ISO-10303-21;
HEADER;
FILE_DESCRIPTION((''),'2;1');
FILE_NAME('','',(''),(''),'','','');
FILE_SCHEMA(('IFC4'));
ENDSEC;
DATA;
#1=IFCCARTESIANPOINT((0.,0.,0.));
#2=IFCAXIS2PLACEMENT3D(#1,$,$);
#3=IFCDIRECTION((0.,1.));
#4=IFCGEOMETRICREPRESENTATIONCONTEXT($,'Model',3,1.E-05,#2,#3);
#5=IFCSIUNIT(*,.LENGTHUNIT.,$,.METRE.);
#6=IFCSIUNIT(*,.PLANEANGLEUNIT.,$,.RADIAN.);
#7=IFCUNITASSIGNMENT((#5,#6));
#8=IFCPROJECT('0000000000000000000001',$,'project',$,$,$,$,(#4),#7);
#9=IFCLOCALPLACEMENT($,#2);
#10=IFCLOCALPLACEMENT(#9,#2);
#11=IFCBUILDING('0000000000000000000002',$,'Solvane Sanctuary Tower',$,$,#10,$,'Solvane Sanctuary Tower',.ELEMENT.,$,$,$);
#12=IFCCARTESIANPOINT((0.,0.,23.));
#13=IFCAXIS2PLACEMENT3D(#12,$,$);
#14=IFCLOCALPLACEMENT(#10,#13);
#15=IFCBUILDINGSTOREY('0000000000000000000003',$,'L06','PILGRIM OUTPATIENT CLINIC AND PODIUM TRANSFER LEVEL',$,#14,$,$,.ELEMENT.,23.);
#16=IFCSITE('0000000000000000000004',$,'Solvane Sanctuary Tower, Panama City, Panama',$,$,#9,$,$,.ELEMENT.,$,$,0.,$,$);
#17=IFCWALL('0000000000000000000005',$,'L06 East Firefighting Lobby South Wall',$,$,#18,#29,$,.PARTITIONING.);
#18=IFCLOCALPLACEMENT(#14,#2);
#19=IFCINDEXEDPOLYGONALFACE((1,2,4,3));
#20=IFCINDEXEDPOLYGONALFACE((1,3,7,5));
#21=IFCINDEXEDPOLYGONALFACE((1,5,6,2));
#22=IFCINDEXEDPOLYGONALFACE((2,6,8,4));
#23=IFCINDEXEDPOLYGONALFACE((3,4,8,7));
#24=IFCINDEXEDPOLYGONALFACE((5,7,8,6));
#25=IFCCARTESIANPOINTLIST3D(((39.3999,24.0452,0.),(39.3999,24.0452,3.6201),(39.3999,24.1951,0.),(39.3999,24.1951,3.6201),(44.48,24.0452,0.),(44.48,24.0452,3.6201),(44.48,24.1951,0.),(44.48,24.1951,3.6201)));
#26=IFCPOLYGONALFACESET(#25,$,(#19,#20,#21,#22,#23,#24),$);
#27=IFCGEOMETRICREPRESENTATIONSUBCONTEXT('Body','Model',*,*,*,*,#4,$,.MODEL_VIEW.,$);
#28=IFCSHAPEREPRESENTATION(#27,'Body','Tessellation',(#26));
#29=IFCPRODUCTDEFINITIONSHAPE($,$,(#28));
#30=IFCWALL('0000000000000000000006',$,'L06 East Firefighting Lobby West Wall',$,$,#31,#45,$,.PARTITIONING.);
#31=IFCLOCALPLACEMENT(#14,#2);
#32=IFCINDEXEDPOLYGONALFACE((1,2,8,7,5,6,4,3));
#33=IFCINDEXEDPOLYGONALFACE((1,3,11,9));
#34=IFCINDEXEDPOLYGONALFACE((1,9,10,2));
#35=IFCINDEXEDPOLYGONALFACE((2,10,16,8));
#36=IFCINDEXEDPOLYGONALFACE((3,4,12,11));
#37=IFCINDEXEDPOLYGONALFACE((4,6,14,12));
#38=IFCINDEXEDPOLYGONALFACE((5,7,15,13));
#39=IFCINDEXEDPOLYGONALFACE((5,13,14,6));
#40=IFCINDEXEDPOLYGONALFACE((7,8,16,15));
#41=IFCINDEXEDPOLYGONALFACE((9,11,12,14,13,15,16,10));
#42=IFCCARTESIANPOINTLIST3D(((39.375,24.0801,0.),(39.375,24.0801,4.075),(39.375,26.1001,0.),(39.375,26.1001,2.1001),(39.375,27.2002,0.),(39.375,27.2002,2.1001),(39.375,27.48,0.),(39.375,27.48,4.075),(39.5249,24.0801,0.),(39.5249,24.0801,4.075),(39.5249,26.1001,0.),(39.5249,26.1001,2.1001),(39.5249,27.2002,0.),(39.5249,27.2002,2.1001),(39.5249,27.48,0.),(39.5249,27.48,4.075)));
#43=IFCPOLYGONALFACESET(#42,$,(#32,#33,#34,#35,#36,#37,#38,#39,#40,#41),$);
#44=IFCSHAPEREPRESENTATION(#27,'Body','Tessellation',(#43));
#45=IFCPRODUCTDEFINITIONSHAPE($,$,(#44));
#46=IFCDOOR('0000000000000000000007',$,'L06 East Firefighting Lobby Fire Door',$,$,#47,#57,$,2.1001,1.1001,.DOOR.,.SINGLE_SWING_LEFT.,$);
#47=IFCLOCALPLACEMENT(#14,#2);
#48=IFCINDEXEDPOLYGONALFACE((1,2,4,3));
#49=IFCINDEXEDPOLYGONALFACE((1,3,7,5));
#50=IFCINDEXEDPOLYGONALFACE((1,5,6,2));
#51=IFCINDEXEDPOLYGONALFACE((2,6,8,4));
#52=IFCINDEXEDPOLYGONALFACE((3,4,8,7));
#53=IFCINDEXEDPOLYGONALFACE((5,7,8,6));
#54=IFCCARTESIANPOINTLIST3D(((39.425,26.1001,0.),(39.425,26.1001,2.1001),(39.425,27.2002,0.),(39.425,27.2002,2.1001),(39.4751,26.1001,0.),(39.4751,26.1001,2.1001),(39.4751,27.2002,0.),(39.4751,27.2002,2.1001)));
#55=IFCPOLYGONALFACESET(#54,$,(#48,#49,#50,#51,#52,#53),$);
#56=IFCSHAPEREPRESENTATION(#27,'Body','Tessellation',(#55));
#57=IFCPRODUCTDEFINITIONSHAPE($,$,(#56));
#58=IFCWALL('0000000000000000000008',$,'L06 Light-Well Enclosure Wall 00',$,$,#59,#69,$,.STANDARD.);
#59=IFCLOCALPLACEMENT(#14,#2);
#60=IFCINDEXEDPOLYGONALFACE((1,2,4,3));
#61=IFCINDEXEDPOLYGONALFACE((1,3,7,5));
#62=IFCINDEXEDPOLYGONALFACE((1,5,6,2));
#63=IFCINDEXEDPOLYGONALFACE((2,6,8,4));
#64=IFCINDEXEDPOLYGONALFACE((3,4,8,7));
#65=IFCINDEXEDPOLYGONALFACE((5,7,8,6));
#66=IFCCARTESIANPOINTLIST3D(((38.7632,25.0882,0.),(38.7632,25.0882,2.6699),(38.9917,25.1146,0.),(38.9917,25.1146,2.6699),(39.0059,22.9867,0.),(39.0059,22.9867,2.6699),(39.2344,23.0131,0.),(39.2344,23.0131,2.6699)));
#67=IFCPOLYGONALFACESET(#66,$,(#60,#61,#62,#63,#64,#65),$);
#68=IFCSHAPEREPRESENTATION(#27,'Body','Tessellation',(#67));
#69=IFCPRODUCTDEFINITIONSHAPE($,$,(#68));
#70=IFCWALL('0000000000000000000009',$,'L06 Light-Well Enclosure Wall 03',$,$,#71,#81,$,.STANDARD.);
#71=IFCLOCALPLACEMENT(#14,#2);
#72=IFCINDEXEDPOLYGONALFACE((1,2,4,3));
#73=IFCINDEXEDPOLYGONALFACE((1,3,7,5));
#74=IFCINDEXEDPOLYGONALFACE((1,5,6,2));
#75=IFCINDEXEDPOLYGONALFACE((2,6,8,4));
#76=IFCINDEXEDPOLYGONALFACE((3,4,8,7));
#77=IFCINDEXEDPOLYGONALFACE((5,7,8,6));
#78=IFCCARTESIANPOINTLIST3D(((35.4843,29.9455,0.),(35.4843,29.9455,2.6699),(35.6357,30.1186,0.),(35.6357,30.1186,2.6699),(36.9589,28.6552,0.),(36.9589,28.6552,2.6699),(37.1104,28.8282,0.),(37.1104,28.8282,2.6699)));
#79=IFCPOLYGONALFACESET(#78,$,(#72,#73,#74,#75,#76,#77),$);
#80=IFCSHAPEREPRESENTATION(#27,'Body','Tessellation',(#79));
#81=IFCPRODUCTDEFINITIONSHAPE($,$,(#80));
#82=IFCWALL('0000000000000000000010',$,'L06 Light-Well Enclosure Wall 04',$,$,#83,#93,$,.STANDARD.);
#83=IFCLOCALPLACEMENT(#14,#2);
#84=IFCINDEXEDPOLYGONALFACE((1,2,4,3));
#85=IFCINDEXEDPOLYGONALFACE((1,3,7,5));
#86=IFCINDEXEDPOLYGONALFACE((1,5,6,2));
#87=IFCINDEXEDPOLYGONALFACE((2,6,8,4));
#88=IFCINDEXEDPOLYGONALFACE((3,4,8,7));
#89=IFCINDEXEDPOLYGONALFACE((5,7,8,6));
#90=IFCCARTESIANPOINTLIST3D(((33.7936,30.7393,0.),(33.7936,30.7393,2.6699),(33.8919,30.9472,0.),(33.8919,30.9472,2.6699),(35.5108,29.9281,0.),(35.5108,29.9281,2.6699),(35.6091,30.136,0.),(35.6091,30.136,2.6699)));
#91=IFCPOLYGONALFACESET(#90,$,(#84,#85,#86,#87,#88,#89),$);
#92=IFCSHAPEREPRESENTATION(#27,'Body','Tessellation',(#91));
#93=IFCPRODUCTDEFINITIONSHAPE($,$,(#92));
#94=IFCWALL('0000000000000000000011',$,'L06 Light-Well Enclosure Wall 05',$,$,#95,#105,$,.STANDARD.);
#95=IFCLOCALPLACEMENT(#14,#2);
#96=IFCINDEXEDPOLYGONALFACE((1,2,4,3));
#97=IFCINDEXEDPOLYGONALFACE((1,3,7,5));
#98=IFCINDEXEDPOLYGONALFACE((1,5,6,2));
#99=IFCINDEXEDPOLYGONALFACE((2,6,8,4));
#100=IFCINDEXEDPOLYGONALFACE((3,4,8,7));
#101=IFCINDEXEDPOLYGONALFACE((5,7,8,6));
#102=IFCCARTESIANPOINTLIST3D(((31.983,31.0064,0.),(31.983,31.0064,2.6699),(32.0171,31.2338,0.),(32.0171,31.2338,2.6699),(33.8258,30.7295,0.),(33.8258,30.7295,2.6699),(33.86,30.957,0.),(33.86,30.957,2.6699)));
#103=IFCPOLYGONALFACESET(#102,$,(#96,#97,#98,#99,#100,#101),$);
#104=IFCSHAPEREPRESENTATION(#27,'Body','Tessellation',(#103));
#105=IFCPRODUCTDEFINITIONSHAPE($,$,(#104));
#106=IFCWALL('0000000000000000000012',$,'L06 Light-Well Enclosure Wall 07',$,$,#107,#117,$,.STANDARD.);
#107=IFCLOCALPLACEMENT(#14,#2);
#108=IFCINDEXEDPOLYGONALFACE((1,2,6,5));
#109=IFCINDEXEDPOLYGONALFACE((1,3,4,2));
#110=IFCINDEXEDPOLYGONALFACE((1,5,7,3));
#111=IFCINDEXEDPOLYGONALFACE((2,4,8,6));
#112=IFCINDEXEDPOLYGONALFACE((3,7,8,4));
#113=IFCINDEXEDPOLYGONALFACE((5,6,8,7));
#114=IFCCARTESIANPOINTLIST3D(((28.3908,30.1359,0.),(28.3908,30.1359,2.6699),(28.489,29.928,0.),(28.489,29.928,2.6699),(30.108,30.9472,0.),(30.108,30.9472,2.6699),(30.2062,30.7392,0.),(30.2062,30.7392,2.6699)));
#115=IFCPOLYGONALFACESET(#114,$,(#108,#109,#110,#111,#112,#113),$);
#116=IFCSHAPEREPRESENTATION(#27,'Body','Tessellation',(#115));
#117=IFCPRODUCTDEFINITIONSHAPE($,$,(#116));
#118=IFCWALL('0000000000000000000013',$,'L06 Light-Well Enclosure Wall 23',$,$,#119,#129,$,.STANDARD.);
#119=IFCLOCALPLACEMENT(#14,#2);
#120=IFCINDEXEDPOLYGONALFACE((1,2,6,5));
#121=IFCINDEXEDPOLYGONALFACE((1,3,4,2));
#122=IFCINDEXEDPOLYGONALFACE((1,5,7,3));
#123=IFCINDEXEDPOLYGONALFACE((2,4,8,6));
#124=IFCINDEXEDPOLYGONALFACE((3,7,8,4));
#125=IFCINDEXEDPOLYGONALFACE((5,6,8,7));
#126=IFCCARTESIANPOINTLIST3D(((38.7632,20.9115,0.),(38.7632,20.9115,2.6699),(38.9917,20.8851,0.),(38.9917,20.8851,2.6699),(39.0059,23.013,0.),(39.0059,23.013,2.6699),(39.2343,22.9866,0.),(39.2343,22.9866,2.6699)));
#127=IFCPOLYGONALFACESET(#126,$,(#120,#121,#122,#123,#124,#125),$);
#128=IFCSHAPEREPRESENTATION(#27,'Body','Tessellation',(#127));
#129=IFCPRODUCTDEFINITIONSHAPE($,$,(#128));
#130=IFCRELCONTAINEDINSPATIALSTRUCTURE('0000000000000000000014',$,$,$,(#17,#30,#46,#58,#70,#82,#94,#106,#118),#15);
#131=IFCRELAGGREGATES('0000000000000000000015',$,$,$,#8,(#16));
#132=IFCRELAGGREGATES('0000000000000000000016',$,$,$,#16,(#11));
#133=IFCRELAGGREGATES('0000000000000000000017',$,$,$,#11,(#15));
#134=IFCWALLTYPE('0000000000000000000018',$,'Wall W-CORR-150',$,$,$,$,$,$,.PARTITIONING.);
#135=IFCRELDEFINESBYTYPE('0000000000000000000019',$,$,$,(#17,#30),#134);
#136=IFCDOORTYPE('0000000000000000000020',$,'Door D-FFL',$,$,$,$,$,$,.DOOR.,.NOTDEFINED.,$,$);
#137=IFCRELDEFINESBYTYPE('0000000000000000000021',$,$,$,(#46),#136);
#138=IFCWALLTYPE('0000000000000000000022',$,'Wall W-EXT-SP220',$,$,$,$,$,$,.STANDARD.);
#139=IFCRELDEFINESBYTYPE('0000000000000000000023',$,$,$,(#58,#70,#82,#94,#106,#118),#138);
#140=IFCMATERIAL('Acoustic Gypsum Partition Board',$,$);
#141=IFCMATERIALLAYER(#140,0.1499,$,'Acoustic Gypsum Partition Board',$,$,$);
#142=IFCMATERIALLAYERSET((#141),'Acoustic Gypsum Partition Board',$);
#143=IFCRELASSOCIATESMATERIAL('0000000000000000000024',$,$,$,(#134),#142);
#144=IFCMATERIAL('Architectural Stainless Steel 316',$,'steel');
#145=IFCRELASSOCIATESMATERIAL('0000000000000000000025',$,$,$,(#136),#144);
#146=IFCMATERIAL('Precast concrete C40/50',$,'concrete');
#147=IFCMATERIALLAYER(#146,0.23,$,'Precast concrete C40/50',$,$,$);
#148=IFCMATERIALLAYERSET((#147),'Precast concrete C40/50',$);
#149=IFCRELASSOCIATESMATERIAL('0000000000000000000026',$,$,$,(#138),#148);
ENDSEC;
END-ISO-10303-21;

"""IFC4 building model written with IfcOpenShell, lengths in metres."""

from ifc_helpers import new_model, si_unit, direction, frame, frame_2d, origin, place, context, subcontext, project, spatial, rectangle, extrude, material, layer, layer_set, type_object, element, fill, save


model = new_model("IFC4")

# Units and contexts
model_context = context("Model", 3, precision=1e-05, world=origin(), true_north=direction((0.0, 1.0)))
body_context = subcontext(model_context, "Body", "Model", "MODEL_VIEW")
ifc_project = project(units=[si_unit("LENGTHUNIT", "METRE"), si_unit("PLANEANGLEUNIT", "RADIAN")], contexts=[model_context])

# Site, building, storey
site_placement = place(None, origin())
site = spatial("IfcSite", under=ifc_project, at=site_placement, Name="Solvane Sanctuary Tower, Panama City, Panama", CompositionType="ELEMENT", RefElevation=0.0)
building_placement = place(site_placement, origin())
building = spatial("IfcBuilding", under=site, at=building_placement, Name="Solvane Sanctuary Tower", LongName="Solvane Sanctuary Tower", CompositionType="ELEMENT")
storey_placement = place(building_placement, frame((0.0, 0.0, 23.0)))
storey = spatial("IfcBuildingStorey", under=building, at=storey_placement, Name="L06", Description="PILGRIM OUTPATIENT CLINIC AND PODIUM TRANSFER LEVEL", CompositionType="ELEMENT", Elevation=23.0)

# Wall
ifc_material_1 = material(Name="Acoustic Gypsum Partition Board")
ifc_layer_1 = layer(ifc_material_1, 0.1499, Name="Acoustic Gypsum Partition Board")
ifc_layer_set_1 = layer_set([ifc_layer_1], Name="Acoustic Gypsum Partition Board")
wall_type_1 = type_object("IfcWallType", Name="Wall W-CORR-150", PredefinedType="PARTITIONING", material=ifc_layer_set_1)
wall_1_placement = place(storey_placement, frame((39.3999, 24.1201, 0.0), z_axis=(0.0, 0.0, 1.0), x_axis=(1.0, 0.0, 0.0)))
element("IfcWall", 1, at=wall_1_placement, inside=storey, type_object=wall_type_1, Name="L06 East Firefighting Lobby South Wall", PredefinedType="PARTITIONING", context=body_context, shape_type="SweptSolid", body=[
    extrude(rectangle(XDim=5.0801, YDim=0.1499, at=frame_2d((2.54, 0.0))), origin(), (0.0, 0.0, 1.0), 3.6201),
])

# Wall, opening, door
wall_2_placement = place(storey_placement, frame((39.45, 24.0801, 0.0), z_axis=(0.0, 0.0, 1.0), x_axis=(0.0, 1.0, 0.0)))
wall_2 = element("IfcWall", 2, at=wall_2_placement, inside=storey, type_object=wall_type_1, Name="L06 East Firefighting Lobby West Wall", PredefinedType="PARTITIONING", context=body_context, shape_type="SweptSolid", body=[
    extrude(rectangle(XDim=3.3999, YDim=0.1499, at=frame_2d((1.7, 0.0))), origin(), (0.0, 0.0, 1.0), 4.075),
])
opening_placement = place(wall_2_placement, frame((2.02, 0.0, 0.0)))
opening = element("IfcOpeningElement", 3, at=opening_placement, cuts=wall_2, PredefinedType="OPENING", context=body_context, shape_type="SweptSolid", body=[
    extrude(rectangle(XDim=1.1001, YDim=2.1001, at=frame_2d((0.55, 1.05))), frame((0.0, 0.085, 0.0), z_axis=(0.0, -1.0, 0.0), x_axis=(1.0, 0.0, 0.0)), (0.0, 0.0, 1.0), 0.1699),
])
ifc_material_2 = material(Name="Architectural Stainless Steel 316", Category="steel")
door_type = type_object("IfcDoorType", Name="Door D-FFL", OperationType="NOTDEFINED", PredefinedType="DOOR", material=ifc_material_2)
door_placement = place(opening_placement, origin())
door = element("IfcDoor", 4, at=door_placement, inside=storey, type_object=door_type, Name="L06 East Firefighting Lobby Fire Door", OperationType="SINGLE_SWING_LEFT", OverallHeight=2.1001, OverallWidth=1.1001, PredefinedType="DOOR", context=body_context, shape_type="SweptSolid", body=[
    extrude(rectangle(XDim=1.1001, YDim=2.1001, at=frame_2d((0.55, 1.05))), frame((0.0, 0.0249, 0.0), z_axis=(0.0, -1.0, 0.0), x_axis=(1.0, 0.0, 0.0)), (0.0, 0.0, 1.0), 0.05),
])
fill(opening, door)

# Walls
ifc_material_3 = material(Name="Precast concrete C40/50", Category="concrete")
ifc_layer_2 = layer(ifc_material_3, 0.23, Name="Precast concrete C40/50")
ifc_layer_set_2 = layer_set([ifc_layer_2], Name="Precast concrete C40/50")
wall_type_2 = type_object("IfcWallType", Name="Wall W-EXT-SP220", PredefinedType="STANDARD", material=ifc_layer_set_2)
wall_3_placement = place(storey_placement, frame((39.1201, 23.0, 0.0), z_axis=(0.0, 0.0, 1.0), x_axis=(-0.114712, 0.993399, 0.0)))
element("IfcWall", 5, at=wall_3_placement, inside=storey, type_object=wall_type_2, Name="L06 Light-Well Enclosure Wall 00", PredefinedType="STANDARD", context=body_context, shape_type="SweptSolid", body=[
    extrude(rectangle(XDim=2.1155, YDim=0.23, at=frame_2d((1.0576, 0.0))), origin(), (0.0, 0.0, 1.0), 2.6699),
])
wall_4_placement = place(storey_placement, frame((37.0347, 28.7417, 0.0), z_axis=(0.0, 0.0, 1.0), x_axis=(-0.752577, 0.658505, 0.0)))
element("IfcWall", 6, at=wall_4_placement, inside=storey, type_object=wall_type_2, Name="L06 Light-Well Enclosure Wall 03", PredefinedType="STANDARD", context=body_context, shape_type="SweptSolid", body=[
    extrude(rectangle(XDim=1.9595, YDim=0.23, at=frame_2d((0.9797, 0.0))), origin(), (0.0, 0.0, 1.0), 2.6699),
])
wall_5_placement = place(storey_placement, frame((35.5601, 30.032, 0.0), z_axis=(0.0, 0.0, 1.0), x_axis=(-0.90418, 0.427152, 0.0)))
element("IfcWall", 7, at=wall_5_placement, inside=storey, type_object=wall_type_2, Name="L06 Light-Well Enclosure Wall 04", PredefinedType="STANDARD", context=body_context, shape_type="SweptSolid", body=[
    extrude(rectangle(XDim=1.8992, YDim=0.23, at=frame_2d((0.9497, 0.0))), origin(), (0.0, 0.0, 1.0), 2.6699),
])
wall_6_placement = place(storey_placement, frame((33.8428, 30.8433, 0.0), z_axis=(0.0, 0.0, 1.0), x_axis=(-0.988902, 0.148571, 0.0)))
element("IfcWall", 8, at=wall_6_placement, inside=storey, type_object=wall_type_2, Name="L06 Light-Well Enclosure Wall 05", PredefinedType="STANDARD", context=body_context, shape_type="SweptSolid", body=[
    extrude(rectangle(XDim=1.8635, YDim=0.23, at=frame_2d((0.9316, 0.0))), origin(), (0.0, 0.0, 1.0), 2.6699),
])
wall_7_placement = place(storey_placement, frame((30.1572, 30.8433, 0.0), z_axis=(0.0, 0.0, 1.0), x_axis=(-0.90418, -0.427152, 0.0)))
element("IfcWall", 9, at=wall_7_placement, inside=storey, type_object=wall_type_2, Name="L06 Light-Well Enclosure Wall 07", PredefinedType="STANDARD", context=body_context, shape_type="SweptSolid", body=[
    extrude(rectangle(XDim=1.8992, YDim=0.23, at=frame_2d((0.9497, 0.0))), origin(), (0.0, 0.0, 1.0), 2.6699),
])
wall_8_placement = place(storey_placement, frame((38.8774, 20.8984, 0.0), z_axis=(0.0, 0.0, 1.0), x_axis=(0.114712, 0.993399, 0.0)))
element("IfcWall", 10, at=wall_8_placement, inside=storey, type_object=wall_type_2, Name="L06 Light-Well Enclosure Wall 23", PredefinedType="STANDARD", context=body_context, shape_type="SweptSolid", body=[
    extrude(rectangle(XDim=2.1155, YDim=0.23, at=frame_2d((1.0576, 0.0))), origin(), (0.0, 0.0, 1.0), 2.6699),
])

save(model, "model.ifc")
